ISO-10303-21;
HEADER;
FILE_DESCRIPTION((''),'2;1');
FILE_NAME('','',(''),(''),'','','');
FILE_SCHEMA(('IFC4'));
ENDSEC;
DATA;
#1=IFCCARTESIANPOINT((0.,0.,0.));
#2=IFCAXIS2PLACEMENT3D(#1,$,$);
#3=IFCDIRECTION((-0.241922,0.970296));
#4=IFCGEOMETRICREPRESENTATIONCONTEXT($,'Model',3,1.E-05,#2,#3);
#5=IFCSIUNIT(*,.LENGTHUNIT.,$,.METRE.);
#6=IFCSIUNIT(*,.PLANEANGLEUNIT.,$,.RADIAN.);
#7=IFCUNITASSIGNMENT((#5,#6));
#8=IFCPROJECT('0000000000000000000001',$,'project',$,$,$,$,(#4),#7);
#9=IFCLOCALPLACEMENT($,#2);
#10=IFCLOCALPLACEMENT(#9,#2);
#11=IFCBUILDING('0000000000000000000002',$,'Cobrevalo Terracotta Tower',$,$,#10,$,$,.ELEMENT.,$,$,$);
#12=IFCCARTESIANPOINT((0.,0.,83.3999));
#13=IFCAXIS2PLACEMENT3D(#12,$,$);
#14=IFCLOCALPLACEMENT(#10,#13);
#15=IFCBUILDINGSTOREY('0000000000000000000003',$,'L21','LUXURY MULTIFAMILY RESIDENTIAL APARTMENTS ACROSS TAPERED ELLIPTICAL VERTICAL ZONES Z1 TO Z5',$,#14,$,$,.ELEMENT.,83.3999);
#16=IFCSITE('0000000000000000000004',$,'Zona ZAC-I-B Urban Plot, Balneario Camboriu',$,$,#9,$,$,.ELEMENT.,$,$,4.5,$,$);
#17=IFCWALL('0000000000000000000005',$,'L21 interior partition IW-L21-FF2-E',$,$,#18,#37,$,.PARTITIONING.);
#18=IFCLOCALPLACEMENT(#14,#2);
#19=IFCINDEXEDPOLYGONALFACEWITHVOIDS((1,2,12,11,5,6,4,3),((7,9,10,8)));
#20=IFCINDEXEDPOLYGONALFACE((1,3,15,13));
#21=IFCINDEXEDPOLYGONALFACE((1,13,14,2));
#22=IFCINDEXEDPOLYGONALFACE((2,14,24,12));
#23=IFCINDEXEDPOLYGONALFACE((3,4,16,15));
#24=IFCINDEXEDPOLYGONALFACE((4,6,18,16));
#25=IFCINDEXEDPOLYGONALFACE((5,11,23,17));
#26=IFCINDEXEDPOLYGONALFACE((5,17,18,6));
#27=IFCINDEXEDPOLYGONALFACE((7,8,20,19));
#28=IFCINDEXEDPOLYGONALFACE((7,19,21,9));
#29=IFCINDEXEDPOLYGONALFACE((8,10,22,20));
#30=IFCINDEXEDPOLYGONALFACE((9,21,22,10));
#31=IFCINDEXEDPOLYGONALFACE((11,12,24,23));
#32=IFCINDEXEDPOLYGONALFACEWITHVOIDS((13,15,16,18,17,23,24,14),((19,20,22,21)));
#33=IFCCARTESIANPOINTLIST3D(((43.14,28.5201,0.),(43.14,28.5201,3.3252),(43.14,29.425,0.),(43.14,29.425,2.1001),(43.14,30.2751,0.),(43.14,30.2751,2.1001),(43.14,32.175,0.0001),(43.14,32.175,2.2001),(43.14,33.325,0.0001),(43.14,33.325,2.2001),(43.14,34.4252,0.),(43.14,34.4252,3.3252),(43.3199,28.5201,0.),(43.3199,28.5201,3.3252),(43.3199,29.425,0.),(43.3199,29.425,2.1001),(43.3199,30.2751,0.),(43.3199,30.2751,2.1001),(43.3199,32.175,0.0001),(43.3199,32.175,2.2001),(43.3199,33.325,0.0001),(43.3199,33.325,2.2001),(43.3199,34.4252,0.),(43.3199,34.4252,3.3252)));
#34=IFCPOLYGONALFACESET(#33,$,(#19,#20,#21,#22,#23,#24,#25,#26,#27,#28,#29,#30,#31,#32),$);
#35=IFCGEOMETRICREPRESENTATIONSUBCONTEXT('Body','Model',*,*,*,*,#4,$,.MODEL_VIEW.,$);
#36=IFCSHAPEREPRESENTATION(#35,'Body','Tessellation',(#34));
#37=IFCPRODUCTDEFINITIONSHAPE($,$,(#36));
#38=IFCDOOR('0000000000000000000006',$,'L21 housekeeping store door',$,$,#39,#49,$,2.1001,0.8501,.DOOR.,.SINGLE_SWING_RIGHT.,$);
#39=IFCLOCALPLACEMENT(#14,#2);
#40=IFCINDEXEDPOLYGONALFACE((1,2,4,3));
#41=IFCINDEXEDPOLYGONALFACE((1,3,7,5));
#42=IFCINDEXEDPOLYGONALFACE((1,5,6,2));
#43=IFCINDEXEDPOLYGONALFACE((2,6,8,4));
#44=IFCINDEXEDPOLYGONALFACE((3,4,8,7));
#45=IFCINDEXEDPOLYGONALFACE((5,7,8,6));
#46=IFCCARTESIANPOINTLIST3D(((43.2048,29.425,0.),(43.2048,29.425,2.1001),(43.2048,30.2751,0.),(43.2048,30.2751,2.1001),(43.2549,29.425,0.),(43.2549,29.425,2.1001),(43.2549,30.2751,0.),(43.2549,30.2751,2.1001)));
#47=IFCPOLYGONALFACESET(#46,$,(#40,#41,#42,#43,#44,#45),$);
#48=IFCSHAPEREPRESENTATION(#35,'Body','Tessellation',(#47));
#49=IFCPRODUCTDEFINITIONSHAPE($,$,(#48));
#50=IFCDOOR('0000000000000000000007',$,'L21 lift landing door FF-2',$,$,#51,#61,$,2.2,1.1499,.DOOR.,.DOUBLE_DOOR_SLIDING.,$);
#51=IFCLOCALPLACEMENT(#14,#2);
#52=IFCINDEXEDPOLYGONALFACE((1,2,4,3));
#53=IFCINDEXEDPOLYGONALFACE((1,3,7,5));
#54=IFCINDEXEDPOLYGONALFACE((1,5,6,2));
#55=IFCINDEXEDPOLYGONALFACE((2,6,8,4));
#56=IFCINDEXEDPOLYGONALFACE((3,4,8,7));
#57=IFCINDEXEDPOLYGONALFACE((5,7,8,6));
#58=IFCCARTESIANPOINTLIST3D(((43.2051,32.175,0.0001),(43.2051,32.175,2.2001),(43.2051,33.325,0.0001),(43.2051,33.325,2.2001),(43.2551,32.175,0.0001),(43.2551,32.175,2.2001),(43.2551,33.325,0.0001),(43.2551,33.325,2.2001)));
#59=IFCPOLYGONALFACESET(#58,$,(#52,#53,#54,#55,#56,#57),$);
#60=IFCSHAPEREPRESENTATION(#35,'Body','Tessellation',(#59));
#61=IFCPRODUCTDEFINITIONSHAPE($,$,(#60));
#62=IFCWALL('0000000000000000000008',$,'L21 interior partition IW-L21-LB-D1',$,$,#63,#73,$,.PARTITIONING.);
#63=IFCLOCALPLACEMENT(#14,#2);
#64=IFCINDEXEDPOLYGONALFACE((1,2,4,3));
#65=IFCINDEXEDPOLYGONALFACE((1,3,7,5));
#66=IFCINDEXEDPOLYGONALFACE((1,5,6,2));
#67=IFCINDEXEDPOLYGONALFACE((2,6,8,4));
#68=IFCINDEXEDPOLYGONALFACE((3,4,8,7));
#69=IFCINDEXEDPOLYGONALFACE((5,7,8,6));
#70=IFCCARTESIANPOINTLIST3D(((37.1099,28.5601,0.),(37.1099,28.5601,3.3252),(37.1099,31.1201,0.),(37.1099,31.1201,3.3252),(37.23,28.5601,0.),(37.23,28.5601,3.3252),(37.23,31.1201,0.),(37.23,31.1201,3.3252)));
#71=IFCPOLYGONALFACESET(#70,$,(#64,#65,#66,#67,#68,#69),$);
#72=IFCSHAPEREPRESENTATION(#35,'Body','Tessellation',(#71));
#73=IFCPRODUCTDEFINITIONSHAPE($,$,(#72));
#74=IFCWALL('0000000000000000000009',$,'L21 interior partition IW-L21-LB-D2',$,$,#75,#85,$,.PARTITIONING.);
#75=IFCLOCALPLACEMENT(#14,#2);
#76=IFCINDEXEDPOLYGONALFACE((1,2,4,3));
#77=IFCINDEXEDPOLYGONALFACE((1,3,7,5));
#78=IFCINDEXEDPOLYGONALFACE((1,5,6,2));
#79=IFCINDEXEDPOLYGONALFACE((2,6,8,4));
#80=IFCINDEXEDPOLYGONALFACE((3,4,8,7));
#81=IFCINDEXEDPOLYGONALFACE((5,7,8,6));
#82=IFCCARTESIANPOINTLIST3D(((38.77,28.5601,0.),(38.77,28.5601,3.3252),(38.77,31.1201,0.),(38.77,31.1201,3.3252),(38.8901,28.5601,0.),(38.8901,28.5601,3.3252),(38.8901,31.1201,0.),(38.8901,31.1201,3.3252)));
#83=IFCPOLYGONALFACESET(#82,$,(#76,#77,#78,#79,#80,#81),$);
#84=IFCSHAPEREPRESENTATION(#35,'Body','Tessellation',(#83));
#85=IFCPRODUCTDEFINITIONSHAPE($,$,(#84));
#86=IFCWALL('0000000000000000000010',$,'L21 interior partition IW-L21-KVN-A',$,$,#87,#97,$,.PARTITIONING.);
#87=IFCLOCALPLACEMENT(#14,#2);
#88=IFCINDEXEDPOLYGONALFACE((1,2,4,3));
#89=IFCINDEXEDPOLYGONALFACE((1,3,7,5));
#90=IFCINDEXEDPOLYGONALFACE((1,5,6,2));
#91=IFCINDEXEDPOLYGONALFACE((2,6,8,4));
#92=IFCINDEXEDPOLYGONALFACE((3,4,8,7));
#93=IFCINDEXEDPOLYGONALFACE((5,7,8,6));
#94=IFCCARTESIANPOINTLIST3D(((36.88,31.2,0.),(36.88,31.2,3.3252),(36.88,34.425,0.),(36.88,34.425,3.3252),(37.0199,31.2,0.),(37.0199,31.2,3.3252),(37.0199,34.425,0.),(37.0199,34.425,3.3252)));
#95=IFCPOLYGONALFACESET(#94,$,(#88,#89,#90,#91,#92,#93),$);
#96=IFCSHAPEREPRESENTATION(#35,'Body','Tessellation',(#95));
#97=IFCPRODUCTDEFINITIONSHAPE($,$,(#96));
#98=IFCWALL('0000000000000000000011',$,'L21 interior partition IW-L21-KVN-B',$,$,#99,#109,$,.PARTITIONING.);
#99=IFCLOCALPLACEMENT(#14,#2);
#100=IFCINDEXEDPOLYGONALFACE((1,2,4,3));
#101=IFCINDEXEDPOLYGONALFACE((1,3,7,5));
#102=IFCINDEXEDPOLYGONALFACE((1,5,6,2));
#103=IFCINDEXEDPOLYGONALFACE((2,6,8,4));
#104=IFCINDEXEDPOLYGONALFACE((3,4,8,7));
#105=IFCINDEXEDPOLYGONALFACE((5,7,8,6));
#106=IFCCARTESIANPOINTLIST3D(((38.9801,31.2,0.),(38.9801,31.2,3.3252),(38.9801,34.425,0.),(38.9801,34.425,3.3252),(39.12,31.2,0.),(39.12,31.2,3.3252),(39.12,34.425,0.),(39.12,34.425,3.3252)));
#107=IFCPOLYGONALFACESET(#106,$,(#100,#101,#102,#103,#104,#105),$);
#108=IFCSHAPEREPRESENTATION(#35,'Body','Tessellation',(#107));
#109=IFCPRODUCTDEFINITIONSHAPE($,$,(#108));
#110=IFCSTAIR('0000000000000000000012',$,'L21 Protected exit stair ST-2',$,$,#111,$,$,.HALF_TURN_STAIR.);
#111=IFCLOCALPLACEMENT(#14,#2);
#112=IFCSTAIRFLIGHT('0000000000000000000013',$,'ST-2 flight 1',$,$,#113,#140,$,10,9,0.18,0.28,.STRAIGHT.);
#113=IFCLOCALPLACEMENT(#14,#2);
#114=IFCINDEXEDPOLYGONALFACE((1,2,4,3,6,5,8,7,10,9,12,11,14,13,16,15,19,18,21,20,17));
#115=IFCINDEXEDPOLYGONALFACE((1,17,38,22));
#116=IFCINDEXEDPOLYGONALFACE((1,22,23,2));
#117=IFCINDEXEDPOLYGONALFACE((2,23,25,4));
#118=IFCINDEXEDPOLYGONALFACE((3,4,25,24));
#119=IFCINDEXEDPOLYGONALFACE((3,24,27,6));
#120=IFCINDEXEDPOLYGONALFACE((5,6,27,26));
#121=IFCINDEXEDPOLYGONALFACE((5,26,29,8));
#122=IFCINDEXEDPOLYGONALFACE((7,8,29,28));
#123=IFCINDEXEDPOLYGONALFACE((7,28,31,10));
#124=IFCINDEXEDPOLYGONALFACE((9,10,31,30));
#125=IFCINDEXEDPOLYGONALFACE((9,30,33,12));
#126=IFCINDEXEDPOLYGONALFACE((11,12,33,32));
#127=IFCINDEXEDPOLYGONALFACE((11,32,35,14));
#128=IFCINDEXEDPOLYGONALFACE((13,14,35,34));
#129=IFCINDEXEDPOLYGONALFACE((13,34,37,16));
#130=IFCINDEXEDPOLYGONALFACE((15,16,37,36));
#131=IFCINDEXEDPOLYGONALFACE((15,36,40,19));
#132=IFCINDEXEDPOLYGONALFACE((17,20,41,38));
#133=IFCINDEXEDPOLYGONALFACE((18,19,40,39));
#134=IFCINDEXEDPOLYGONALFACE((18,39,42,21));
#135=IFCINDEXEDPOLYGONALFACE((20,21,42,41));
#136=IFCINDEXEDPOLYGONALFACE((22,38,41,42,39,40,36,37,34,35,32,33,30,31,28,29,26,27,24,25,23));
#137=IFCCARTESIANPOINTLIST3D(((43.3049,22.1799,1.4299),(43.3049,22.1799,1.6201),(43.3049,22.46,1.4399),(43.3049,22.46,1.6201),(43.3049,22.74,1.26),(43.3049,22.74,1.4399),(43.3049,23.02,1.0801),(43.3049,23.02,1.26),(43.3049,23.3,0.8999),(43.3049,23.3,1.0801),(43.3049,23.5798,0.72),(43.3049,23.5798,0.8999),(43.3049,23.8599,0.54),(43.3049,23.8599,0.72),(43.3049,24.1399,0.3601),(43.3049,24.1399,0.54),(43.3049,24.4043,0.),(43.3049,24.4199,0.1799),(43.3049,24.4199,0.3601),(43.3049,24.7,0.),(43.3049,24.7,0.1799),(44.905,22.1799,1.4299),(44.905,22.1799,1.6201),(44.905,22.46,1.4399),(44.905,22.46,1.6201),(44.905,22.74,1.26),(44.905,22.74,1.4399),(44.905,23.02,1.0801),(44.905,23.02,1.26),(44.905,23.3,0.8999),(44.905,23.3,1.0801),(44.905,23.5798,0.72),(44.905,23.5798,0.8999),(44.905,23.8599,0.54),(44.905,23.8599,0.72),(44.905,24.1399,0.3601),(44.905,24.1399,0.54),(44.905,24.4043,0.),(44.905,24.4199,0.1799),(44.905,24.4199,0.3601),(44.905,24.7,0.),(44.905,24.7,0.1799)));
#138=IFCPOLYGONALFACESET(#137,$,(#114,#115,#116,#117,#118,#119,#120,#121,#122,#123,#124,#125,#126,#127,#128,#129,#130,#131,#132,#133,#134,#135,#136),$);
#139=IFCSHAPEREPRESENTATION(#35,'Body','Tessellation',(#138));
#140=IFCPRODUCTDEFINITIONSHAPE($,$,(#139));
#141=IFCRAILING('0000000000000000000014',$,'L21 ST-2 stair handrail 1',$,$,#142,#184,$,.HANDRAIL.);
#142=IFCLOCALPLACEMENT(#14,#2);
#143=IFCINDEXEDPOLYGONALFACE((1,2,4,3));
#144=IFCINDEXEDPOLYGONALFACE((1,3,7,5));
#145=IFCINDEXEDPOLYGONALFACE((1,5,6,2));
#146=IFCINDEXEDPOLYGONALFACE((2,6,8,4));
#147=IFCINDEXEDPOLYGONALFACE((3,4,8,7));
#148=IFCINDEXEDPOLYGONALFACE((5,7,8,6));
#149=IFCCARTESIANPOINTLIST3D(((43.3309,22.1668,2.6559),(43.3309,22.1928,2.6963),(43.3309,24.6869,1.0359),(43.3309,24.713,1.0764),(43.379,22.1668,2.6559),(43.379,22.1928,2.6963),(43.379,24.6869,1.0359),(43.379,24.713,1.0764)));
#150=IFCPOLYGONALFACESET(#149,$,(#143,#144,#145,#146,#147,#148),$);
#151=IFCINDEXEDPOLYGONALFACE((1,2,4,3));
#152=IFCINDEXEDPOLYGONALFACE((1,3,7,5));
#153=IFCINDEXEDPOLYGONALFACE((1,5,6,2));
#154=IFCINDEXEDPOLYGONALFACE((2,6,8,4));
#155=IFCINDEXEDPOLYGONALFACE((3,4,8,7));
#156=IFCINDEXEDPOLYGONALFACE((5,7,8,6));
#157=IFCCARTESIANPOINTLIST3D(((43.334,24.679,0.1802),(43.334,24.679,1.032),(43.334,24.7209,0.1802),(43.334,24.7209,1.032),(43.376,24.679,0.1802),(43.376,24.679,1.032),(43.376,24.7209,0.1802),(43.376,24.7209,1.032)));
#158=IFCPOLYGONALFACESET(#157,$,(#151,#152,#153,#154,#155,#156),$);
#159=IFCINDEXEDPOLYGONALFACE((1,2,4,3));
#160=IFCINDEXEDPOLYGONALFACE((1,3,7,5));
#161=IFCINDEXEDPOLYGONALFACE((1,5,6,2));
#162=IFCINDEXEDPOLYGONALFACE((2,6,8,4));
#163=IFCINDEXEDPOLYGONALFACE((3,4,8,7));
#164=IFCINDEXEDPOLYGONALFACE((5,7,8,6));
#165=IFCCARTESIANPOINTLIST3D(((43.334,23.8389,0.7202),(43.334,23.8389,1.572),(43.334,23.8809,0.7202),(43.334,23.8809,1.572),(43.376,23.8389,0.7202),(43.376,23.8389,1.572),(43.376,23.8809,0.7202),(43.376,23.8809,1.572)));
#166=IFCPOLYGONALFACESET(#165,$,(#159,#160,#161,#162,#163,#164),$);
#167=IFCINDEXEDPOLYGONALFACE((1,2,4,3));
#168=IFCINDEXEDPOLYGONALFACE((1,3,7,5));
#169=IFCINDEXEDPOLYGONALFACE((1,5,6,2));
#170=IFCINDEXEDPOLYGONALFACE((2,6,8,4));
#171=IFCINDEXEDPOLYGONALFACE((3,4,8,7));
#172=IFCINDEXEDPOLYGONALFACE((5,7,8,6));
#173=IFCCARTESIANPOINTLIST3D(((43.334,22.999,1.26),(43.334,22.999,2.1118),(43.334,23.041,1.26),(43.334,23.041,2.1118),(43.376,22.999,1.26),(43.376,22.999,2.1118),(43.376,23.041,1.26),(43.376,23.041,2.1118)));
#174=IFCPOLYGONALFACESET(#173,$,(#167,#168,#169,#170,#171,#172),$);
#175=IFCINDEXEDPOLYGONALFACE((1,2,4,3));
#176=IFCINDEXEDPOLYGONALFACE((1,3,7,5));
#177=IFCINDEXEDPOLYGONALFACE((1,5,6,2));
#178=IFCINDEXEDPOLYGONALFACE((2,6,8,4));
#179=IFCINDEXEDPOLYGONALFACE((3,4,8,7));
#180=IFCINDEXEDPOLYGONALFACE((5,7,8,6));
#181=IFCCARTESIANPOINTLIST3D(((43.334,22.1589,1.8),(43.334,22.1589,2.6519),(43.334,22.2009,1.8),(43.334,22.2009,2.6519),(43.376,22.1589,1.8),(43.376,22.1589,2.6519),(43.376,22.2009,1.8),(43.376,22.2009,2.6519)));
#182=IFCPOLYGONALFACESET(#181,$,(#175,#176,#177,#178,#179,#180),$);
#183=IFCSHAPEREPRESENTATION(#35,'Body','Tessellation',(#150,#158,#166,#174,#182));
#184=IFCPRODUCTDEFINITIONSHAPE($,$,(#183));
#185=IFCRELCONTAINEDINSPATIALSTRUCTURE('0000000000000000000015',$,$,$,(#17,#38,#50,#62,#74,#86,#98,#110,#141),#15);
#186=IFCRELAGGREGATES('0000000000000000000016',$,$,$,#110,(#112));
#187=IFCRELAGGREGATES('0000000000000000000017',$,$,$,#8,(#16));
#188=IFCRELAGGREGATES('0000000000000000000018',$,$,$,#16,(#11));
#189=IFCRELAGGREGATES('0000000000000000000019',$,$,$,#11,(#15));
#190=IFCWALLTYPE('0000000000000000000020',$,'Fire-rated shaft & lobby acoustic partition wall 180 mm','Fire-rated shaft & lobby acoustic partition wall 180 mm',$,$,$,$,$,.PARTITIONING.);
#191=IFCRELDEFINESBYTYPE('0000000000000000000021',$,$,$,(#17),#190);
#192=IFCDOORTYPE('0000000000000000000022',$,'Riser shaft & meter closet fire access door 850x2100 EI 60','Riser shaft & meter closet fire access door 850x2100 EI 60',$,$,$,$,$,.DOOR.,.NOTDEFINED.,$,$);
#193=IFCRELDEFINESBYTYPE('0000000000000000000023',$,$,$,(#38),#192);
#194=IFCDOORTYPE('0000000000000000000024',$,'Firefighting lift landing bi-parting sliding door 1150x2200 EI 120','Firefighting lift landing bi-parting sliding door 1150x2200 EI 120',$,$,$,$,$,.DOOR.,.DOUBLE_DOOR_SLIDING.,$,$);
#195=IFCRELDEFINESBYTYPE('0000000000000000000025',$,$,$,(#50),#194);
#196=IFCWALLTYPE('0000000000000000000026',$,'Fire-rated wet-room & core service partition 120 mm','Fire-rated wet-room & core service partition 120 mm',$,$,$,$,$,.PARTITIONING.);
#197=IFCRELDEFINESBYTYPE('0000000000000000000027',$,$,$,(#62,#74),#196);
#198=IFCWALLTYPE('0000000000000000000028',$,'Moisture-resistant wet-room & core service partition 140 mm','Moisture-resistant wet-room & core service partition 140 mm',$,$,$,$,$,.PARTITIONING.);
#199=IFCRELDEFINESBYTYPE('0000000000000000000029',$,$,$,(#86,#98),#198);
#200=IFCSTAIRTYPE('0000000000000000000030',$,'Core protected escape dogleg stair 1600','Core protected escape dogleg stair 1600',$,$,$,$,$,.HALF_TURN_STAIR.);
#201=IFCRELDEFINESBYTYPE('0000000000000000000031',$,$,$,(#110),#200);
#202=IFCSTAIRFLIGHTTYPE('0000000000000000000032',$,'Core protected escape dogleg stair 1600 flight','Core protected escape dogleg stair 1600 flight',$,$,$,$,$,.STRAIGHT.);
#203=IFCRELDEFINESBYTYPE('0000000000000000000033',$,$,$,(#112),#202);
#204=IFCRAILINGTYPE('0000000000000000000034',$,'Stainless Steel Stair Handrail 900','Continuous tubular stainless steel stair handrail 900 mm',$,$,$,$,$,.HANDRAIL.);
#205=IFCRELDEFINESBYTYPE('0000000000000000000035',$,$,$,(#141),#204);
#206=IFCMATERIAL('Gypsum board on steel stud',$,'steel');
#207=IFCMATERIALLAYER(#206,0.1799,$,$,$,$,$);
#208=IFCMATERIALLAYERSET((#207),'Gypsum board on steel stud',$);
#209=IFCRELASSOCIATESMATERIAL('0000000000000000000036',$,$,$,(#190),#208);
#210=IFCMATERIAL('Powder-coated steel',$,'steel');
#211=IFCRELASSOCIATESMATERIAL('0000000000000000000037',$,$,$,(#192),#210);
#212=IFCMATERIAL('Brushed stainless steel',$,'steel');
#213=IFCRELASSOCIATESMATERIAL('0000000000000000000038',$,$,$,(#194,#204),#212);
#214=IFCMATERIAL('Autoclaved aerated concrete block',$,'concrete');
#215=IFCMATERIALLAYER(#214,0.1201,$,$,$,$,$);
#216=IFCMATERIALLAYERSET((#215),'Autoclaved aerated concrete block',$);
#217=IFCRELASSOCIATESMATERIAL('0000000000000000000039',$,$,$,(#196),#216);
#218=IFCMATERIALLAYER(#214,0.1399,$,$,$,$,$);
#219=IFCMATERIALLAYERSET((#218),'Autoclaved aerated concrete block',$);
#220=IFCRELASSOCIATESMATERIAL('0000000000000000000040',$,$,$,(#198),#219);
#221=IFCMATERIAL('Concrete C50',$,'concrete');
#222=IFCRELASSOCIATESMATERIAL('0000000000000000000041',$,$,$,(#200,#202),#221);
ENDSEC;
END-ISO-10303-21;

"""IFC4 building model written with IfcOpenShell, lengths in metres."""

from ifc_helpers import new_model, si_unit, direction, frame, frame_2d, origin, origin_2d, place, context, subcontext, project, spatial, polyline, rectangle, outline, extrude, source, transform, mapped, material, layer, layer_set, type_object, element, fill, aggregate, save


model = new_model("IFC4")

# Units and contexts
model_context = context("Model", 3, precision=1e-05, world=origin(), true_north=direction((-0.241922, 0.970296)))
body_context = subcontext(model_context, "Body", "Model", "MODEL_VIEW")
ifc_project = project(units=[si_unit("LENGTHUNIT", "METRE"), si_unit("PLANEANGLEUNIT", "RADIAN")], contexts=[model_context])

# Site, building, storey
site_placement = place(None, origin())
site = spatial("IfcSite", under=ifc_project, at=site_placement, Name="Zona ZAC-I-B Urban Plot, Balneario Camboriu", CompositionType="ELEMENT", RefElevation=4.5)
building_placement = place(site_placement, origin())
building = spatial("IfcBuilding", under=site, at=building_placement, Name="Cobrevalo Terracotta Tower", CompositionType="ELEMENT")
storey_placement = place(building_placement, frame((0.0, 0.0, 83.3999)))
storey = spatial("IfcBuildingStorey", under=building, at=storey_placement, Name="L21", Description="LUXURY MULTIFAMILY RESIDENTIAL APARTMENTS ACROSS TAPERED ELLIPTICAL VERTICAL ZONES Z1 TO Z5", CompositionType="ELEMENT", Elevation=83.3999)

# Shared definitions
ifc_material_1 = material(Name="Gypsum board on steel stud", Category="steel")

# Shared definitions
ifc_material_2 = material(Name="Brushed stainless steel", Category="steel")

# Shared definitions
ifc_layer_1 = layer(ifc_material_1, 0.1799)
ifc_layer_set_1 = layer_set([ifc_layer_1], Name="Gypsum board on steel stud")
wall_type_1 = type_object("IfcWallType", Name="Fire-rated shaft & lobby acoustic partition wall 180 mm", Description="Fire-rated shaft & lobby acoustic partition wall 180 mm", PredefinedType="PARTITIONING", material=ifc_layer_set_1)
ifc_material_3 = material(Name="Powder-coated steel", Category="steel")
door_type_1 = type_object("IfcDoorType", Name="Riser shaft & meter closet fire access door 850x2100 EI 60", Description="Riser shaft & meter closet fire access door 850x2100 EI 60", OperationType="NOTDEFINED", PredefinedType="DOOR", material=ifc_material_3)
shared_shape_1 = source(origin(), body_context, "Body", "SweptSolid", [
    extrude(rectangle(XDim=0.8501, YDim=2.1001, at=frame_2d((0.425, 1.05))), frame((0.0, 0.0249, 0.0), z_axis=(0.0, -1.0, 0.0), x_axis=(1.0, 0.0, 0.0)), (0.0, 0.0, 1.0), 0.05),
])

# Wall, openings, doors
wall_1_placement = place(storey_placement, frame((43.23, 28.52, 0.0), z_axis=(0.0, 0.0, 1.0), x_axis=(0.0, 1.0, 0.0)))
wall_1 = element("IfcWall", 1, at=wall_1_placement, inside=storey, type_object=wall_type_1, Name="L21 interior partition IW-L21-FF2-E", PredefinedType="PARTITIONING", context=body_context, shape_type="SweptSolid", body=[
    extrude(rectangle(XDim=5.905, YDim=0.1799, at=frame_2d((2.9526, 0.0))), origin(), (0.0, 0.0, 1.0), 3.3252),
])
opening_1_placement = place(wall_1_placement, frame((0.905, 0.0, 0.0)))
opening_1 = element("IfcOpeningElement", 2, at=opening_1_placement, cuts=wall_1, PredefinedType="OPENING", context=body_context, shape_type="SweptSolid", body=[
    extrude(rectangle(XDim=0.8501, YDim=2.1001, at=frame_2d((0.425, 1.05))), frame((0.0, 0.1001, 0.0), z_axis=(0.0, -1.0, 0.0), x_axis=(1.0, 0.0, 0.0)), (0.0, 0.0, 1.0), 0.2),
])
opening_2_placement = place(wall_1_placement, frame((3.655, 0.0, 0.0)))
opening_2 = element("IfcOpeningElement", 3, at=opening_2_placement, cuts=wall_1, PredefinedType="OPENING", context=body_context, shape_type="SweptSolid", body=[
    extrude(rectangle(XDim=1.1499, YDim=2.2, at=frame_2d((0.575, 1.1001))), frame((0.0, 0.1001, 0.0), z_axis=(0.0, -1.0, 0.0), x_axis=(1.0, 0.0, 0.0)), (0.0, 0.0, 1.0), 0.2),
])
door_1_placement = place(opening_1_placement, frame((0.8501, 0.0, 0.0), z_axis=(0.0, 0.0, 1.0), x_axis=(-1.0, 0.0, 0.0)))
door_1 = element("IfcDoor", 4, at=door_1_placement, inside=storey, type_object=door_type_1, Name="L21 housekeeping store door", OperationType="SINGLE_SWING_RIGHT", OverallHeight=2.1001, OverallWidth=0.8501, PredefinedType="DOOR", context=body_context, shape_type="MappedRepresentation", body=[
    mapped(shared_shape_1, transform((0.0, 0.0, 0.0), scale=1.0)),
])
fill(opening_1, door_1)
door_type_2 = type_object("IfcDoorType", Name="Firefighting lift landing bi-parting sliding door 1150x2200 EI 120", Description="Firefighting lift landing bi-parting sliding door 1150x2200 EI 120", OperationType="DOUBLE_DOOR_SLIDING", PredefinedType="DOOR", material=ifc_material_2)
shared_shape_2 = source(origin(), body_context, "Body", "SweptSolid", [
    extrude(rectangle(XDim=1.1499, YDim=2.2, at=frame_2d((0.575, 1.1001))), frame((0.0, 0.0249, 0.0), z_axis=(0.0, -1.0, 0.0), x_axis=(1.0, 0.0, 0.0)), (0.0, 0.0, 1.0), 0.05),
])
door_2_placement = place(opening_2_placement, origin())
door_2 = element("IfcDoor", 5, at=door_2_placement, inside=storey, type_object=door_type_2, Name="L21 lift landing door FF-2", OperationType="DOUBLE_DOOR_SLIDING", OverallHeight=2.2, OverallWidth=1.1499, PredefinedType="DOOR", context=body_context, shape_type="MappedRepresentation", body=[
    mapped(shared_shape_2, transform((0.0, 0.0, 0.0), scale=1.0)),
])
fill(opening_2, door_2)

# Walls
ifc_material_4 = material(Name="Autoclaved aerated concrete block", Category="concrete")
ifc_layer_2 = layer(ifc_material_4, 0.1201)
ifc_layer_set_2 = layer_set([ifc_layer_2], Name="Autoclaved aerated concrete block")
wall_type_2 = type_object("IfcWallType", Name="Fire-rated wet-room & core service partition 120 mm", Description="Fire-rated wet-room & core service partition 120 mm", PredefinedType="PARTITIONING", material=ifc_layer_set_2)
for number, where, z_axis, x_axis, name in (
    (6, (37.1699, 28.5601, 0.0), (0.0, 0.0, 1.0), (0.0, 1.0, 0.0), "L21 interior partition IW-L21-LB-D1"),
    (7, (38.8301, 28.5601, 0.0), (0.0, 0.0, 1.0), (0.0, 1.0, 0.0), "L21 interior partition IW-L21-LB-D2"),
):
    element("IfcWall", number, at=place(storey_placement, frame(where, z_axis=z_axis, x_axis=x_axis)), inside=storey, type_object=wall_type_2, Name=name, PredefinedType="PARTITIONING", context=body_context, shape_type="SweptSolid", body=[
        extrude(rectangle(XDim=2.5601, YDim=0.1201, at=frame_2d((1.28, 0.0))), origin(), (0.0, 0.0, 1.0), 3.3252),
    ])
ifc_layer_3 = layer(ifc_material_4, 0.1399)
ifc_layer_set_3 = layer_set([ifc_layer_3], Name="Autoclaved aerated concrete block")
wall_type_3 = type_object("IfcWallType", Name="Moisture-resistant wet-room & core service partition 140 mm", Description="Moisture-resistant wet-room & core service partition 140 mm", PredefinedType="PARTITIONING", material=ifc_layer_set_3)
for number, where, z_axis, x_axis, name in (
    (8, (36.95, 31.2, 0.0), (0.0, 0.0, 1.0), (0.0, 1.0, 0.0), "L21 interior partition IW-L21-KVN-A"),
    (9, (39.05, 31.2, 0.0), (0.0, 0.0, 1.0), (0.0, 1.0, 0.0), "L21 interior partition IW-L21-KVN-B"),
):
    element("IfcWall", number, at=place(storey_placement, frame(where, z_axis=z_axis, x_axis=x_axis)), inside=storey, type_object=wall_type_3, Name=name, PredefinedType="PARTITIONING", context=body_context, shape_type="SweptSolid", body=[
        extrude(rectangle(XDim=3.2251, YDim=0.1399, at=frame_2d((1.6125, 0.0))), origin(), (0.0, 0.0, 1.0), 3.3252),
    ])

# Shared definitions
ifc_material_5 = material(Name="Concrete C50", Category="concrete")

# Stair, stair flight
stair_type = type_object("IfcStairType", Name="Core protected escape dogleg stair 1600", Description="Core protected escape dogleg stair 1600", PredefinedType="HALF_TURN_STAIR", material=ifc_material_5)
stair_placement = place(storey_placement, origin())
stair = element("IfcStair", 10, at=stair_placement, inside=storey, type_object=stair_type, Name="L21 Protected exit stair ST-2", PredefinedType="HALF_TURN_STAIR")
stair_flight_type = type_object("IfcStairFlightType", Name="Core protected escape dogleg stair 1600 flight", Description="Core protected escape dogleg stair 1600 flight", PredefinedType="STRAIGHT", material=ifc_material_5)
stair_flight_placement = place(storey_placement, frame((44.105, 24.7, 0.0), z_axis=(0.0, 0.0, 1.0), x_axis=(0.0, -1.0, 0.0)))
stair_flight = element("IfcStairFlight", 11, at=stair_flight_placement, type_object=stair_flight_type, Name="ST-2 flight 1", NumberOfRisers=10, NumberOfTreads=9, PredefinedType="STRAIGHT", RiserHeight=0.18, TreadLength=0.28, context=body_context, shape_type="SweptSolid", body=[
    extrude(outline(polyline([(0.0, 0.0), (0.0, 0.1799), (0.28, 0.1799), (0.28, 0.3601), (0.5601, 0.3601), (0.5601, 0.54), (0.8401, 0.54), (0.8401, 0.72), (1.1201, 0.72), (1.1201, 0.8999), (1.3999, 0.8999), (1.3999, 1.0801), (1.6799, 1.0801), (1.6799, 1.26), (1.96, 1.26), (1.96, 1.4399), (2.24, 1.4399), (2.24, 1.6201), (2.52, 1.6201), (2.52, 1.8), (2.52, 1.4299), (0.2957, 0.0), (0.0, 0.0)])), frame((0.0, 0.8, 0.0), z_axis=(0.0, -1.0, 0.0), x_axis=(1.0, 0.0, 0.0)), (0.0, 0.0, 1.0), 1.6001),
])
aggregate(stair, [stair_flight])

# Railing
railing_type_1 = type_object("IfcRailingType", Name="Stainless Steel Stair Handrail 900", Description="Continuous tubular stainless steel stair handrail 900 mm", PredefinedType="HANDRAIL", material=ifc_material_2)
railing_1_placement = place(storey_placement, frame((43.355, 24.7, 0.1802)))
element("IfcRailing", 12, at=railing_1_placement, inside=storey, type_object=railing_type_1, Name="L21 ST-2 stair handrail 1", PredefinedType="HANDRAIL", context=body_context, shape_type="SweptSolid", body=[
    extrude(rectangle(XDim=0.0481, YDim=0.0481, at=origin_2d()), frame((0.0, 0.0, 0.876), z_axis=(0.0, -0.8412, 0.540725), x_axis=(1.0, 0.0, 0.0)), (0.0, 0.0, 1.0), 2.9958),
    extrude(rectangle(XDim=0.042, YDim=0.042, at=origin_2d()), origin(), (0.0, 0.0, 1.0), 0.8518),
    extrude(rectangle(XDim=0.042, YDim=0.042, at=origin_2d()), frame((0.0, -0.8401, 0.54)), (0.0, 0.0, 1.0), 0.8518),
    extrude(rectangle(XDim=0.042, YDim=0.042, at=origin_2d()), frame((0.0, -1.6799, 1.0798)), (0.0, 0.0, 1.0), 0.8518),
    extrude(rectangle(XDim=0.042, YDim=0.042, at=origin_2d()), frame((0.0, -2.52, 1.6199)), (0.0, 0.0, 1.0), 0.8518),
])

save(model, "model.ifc")
